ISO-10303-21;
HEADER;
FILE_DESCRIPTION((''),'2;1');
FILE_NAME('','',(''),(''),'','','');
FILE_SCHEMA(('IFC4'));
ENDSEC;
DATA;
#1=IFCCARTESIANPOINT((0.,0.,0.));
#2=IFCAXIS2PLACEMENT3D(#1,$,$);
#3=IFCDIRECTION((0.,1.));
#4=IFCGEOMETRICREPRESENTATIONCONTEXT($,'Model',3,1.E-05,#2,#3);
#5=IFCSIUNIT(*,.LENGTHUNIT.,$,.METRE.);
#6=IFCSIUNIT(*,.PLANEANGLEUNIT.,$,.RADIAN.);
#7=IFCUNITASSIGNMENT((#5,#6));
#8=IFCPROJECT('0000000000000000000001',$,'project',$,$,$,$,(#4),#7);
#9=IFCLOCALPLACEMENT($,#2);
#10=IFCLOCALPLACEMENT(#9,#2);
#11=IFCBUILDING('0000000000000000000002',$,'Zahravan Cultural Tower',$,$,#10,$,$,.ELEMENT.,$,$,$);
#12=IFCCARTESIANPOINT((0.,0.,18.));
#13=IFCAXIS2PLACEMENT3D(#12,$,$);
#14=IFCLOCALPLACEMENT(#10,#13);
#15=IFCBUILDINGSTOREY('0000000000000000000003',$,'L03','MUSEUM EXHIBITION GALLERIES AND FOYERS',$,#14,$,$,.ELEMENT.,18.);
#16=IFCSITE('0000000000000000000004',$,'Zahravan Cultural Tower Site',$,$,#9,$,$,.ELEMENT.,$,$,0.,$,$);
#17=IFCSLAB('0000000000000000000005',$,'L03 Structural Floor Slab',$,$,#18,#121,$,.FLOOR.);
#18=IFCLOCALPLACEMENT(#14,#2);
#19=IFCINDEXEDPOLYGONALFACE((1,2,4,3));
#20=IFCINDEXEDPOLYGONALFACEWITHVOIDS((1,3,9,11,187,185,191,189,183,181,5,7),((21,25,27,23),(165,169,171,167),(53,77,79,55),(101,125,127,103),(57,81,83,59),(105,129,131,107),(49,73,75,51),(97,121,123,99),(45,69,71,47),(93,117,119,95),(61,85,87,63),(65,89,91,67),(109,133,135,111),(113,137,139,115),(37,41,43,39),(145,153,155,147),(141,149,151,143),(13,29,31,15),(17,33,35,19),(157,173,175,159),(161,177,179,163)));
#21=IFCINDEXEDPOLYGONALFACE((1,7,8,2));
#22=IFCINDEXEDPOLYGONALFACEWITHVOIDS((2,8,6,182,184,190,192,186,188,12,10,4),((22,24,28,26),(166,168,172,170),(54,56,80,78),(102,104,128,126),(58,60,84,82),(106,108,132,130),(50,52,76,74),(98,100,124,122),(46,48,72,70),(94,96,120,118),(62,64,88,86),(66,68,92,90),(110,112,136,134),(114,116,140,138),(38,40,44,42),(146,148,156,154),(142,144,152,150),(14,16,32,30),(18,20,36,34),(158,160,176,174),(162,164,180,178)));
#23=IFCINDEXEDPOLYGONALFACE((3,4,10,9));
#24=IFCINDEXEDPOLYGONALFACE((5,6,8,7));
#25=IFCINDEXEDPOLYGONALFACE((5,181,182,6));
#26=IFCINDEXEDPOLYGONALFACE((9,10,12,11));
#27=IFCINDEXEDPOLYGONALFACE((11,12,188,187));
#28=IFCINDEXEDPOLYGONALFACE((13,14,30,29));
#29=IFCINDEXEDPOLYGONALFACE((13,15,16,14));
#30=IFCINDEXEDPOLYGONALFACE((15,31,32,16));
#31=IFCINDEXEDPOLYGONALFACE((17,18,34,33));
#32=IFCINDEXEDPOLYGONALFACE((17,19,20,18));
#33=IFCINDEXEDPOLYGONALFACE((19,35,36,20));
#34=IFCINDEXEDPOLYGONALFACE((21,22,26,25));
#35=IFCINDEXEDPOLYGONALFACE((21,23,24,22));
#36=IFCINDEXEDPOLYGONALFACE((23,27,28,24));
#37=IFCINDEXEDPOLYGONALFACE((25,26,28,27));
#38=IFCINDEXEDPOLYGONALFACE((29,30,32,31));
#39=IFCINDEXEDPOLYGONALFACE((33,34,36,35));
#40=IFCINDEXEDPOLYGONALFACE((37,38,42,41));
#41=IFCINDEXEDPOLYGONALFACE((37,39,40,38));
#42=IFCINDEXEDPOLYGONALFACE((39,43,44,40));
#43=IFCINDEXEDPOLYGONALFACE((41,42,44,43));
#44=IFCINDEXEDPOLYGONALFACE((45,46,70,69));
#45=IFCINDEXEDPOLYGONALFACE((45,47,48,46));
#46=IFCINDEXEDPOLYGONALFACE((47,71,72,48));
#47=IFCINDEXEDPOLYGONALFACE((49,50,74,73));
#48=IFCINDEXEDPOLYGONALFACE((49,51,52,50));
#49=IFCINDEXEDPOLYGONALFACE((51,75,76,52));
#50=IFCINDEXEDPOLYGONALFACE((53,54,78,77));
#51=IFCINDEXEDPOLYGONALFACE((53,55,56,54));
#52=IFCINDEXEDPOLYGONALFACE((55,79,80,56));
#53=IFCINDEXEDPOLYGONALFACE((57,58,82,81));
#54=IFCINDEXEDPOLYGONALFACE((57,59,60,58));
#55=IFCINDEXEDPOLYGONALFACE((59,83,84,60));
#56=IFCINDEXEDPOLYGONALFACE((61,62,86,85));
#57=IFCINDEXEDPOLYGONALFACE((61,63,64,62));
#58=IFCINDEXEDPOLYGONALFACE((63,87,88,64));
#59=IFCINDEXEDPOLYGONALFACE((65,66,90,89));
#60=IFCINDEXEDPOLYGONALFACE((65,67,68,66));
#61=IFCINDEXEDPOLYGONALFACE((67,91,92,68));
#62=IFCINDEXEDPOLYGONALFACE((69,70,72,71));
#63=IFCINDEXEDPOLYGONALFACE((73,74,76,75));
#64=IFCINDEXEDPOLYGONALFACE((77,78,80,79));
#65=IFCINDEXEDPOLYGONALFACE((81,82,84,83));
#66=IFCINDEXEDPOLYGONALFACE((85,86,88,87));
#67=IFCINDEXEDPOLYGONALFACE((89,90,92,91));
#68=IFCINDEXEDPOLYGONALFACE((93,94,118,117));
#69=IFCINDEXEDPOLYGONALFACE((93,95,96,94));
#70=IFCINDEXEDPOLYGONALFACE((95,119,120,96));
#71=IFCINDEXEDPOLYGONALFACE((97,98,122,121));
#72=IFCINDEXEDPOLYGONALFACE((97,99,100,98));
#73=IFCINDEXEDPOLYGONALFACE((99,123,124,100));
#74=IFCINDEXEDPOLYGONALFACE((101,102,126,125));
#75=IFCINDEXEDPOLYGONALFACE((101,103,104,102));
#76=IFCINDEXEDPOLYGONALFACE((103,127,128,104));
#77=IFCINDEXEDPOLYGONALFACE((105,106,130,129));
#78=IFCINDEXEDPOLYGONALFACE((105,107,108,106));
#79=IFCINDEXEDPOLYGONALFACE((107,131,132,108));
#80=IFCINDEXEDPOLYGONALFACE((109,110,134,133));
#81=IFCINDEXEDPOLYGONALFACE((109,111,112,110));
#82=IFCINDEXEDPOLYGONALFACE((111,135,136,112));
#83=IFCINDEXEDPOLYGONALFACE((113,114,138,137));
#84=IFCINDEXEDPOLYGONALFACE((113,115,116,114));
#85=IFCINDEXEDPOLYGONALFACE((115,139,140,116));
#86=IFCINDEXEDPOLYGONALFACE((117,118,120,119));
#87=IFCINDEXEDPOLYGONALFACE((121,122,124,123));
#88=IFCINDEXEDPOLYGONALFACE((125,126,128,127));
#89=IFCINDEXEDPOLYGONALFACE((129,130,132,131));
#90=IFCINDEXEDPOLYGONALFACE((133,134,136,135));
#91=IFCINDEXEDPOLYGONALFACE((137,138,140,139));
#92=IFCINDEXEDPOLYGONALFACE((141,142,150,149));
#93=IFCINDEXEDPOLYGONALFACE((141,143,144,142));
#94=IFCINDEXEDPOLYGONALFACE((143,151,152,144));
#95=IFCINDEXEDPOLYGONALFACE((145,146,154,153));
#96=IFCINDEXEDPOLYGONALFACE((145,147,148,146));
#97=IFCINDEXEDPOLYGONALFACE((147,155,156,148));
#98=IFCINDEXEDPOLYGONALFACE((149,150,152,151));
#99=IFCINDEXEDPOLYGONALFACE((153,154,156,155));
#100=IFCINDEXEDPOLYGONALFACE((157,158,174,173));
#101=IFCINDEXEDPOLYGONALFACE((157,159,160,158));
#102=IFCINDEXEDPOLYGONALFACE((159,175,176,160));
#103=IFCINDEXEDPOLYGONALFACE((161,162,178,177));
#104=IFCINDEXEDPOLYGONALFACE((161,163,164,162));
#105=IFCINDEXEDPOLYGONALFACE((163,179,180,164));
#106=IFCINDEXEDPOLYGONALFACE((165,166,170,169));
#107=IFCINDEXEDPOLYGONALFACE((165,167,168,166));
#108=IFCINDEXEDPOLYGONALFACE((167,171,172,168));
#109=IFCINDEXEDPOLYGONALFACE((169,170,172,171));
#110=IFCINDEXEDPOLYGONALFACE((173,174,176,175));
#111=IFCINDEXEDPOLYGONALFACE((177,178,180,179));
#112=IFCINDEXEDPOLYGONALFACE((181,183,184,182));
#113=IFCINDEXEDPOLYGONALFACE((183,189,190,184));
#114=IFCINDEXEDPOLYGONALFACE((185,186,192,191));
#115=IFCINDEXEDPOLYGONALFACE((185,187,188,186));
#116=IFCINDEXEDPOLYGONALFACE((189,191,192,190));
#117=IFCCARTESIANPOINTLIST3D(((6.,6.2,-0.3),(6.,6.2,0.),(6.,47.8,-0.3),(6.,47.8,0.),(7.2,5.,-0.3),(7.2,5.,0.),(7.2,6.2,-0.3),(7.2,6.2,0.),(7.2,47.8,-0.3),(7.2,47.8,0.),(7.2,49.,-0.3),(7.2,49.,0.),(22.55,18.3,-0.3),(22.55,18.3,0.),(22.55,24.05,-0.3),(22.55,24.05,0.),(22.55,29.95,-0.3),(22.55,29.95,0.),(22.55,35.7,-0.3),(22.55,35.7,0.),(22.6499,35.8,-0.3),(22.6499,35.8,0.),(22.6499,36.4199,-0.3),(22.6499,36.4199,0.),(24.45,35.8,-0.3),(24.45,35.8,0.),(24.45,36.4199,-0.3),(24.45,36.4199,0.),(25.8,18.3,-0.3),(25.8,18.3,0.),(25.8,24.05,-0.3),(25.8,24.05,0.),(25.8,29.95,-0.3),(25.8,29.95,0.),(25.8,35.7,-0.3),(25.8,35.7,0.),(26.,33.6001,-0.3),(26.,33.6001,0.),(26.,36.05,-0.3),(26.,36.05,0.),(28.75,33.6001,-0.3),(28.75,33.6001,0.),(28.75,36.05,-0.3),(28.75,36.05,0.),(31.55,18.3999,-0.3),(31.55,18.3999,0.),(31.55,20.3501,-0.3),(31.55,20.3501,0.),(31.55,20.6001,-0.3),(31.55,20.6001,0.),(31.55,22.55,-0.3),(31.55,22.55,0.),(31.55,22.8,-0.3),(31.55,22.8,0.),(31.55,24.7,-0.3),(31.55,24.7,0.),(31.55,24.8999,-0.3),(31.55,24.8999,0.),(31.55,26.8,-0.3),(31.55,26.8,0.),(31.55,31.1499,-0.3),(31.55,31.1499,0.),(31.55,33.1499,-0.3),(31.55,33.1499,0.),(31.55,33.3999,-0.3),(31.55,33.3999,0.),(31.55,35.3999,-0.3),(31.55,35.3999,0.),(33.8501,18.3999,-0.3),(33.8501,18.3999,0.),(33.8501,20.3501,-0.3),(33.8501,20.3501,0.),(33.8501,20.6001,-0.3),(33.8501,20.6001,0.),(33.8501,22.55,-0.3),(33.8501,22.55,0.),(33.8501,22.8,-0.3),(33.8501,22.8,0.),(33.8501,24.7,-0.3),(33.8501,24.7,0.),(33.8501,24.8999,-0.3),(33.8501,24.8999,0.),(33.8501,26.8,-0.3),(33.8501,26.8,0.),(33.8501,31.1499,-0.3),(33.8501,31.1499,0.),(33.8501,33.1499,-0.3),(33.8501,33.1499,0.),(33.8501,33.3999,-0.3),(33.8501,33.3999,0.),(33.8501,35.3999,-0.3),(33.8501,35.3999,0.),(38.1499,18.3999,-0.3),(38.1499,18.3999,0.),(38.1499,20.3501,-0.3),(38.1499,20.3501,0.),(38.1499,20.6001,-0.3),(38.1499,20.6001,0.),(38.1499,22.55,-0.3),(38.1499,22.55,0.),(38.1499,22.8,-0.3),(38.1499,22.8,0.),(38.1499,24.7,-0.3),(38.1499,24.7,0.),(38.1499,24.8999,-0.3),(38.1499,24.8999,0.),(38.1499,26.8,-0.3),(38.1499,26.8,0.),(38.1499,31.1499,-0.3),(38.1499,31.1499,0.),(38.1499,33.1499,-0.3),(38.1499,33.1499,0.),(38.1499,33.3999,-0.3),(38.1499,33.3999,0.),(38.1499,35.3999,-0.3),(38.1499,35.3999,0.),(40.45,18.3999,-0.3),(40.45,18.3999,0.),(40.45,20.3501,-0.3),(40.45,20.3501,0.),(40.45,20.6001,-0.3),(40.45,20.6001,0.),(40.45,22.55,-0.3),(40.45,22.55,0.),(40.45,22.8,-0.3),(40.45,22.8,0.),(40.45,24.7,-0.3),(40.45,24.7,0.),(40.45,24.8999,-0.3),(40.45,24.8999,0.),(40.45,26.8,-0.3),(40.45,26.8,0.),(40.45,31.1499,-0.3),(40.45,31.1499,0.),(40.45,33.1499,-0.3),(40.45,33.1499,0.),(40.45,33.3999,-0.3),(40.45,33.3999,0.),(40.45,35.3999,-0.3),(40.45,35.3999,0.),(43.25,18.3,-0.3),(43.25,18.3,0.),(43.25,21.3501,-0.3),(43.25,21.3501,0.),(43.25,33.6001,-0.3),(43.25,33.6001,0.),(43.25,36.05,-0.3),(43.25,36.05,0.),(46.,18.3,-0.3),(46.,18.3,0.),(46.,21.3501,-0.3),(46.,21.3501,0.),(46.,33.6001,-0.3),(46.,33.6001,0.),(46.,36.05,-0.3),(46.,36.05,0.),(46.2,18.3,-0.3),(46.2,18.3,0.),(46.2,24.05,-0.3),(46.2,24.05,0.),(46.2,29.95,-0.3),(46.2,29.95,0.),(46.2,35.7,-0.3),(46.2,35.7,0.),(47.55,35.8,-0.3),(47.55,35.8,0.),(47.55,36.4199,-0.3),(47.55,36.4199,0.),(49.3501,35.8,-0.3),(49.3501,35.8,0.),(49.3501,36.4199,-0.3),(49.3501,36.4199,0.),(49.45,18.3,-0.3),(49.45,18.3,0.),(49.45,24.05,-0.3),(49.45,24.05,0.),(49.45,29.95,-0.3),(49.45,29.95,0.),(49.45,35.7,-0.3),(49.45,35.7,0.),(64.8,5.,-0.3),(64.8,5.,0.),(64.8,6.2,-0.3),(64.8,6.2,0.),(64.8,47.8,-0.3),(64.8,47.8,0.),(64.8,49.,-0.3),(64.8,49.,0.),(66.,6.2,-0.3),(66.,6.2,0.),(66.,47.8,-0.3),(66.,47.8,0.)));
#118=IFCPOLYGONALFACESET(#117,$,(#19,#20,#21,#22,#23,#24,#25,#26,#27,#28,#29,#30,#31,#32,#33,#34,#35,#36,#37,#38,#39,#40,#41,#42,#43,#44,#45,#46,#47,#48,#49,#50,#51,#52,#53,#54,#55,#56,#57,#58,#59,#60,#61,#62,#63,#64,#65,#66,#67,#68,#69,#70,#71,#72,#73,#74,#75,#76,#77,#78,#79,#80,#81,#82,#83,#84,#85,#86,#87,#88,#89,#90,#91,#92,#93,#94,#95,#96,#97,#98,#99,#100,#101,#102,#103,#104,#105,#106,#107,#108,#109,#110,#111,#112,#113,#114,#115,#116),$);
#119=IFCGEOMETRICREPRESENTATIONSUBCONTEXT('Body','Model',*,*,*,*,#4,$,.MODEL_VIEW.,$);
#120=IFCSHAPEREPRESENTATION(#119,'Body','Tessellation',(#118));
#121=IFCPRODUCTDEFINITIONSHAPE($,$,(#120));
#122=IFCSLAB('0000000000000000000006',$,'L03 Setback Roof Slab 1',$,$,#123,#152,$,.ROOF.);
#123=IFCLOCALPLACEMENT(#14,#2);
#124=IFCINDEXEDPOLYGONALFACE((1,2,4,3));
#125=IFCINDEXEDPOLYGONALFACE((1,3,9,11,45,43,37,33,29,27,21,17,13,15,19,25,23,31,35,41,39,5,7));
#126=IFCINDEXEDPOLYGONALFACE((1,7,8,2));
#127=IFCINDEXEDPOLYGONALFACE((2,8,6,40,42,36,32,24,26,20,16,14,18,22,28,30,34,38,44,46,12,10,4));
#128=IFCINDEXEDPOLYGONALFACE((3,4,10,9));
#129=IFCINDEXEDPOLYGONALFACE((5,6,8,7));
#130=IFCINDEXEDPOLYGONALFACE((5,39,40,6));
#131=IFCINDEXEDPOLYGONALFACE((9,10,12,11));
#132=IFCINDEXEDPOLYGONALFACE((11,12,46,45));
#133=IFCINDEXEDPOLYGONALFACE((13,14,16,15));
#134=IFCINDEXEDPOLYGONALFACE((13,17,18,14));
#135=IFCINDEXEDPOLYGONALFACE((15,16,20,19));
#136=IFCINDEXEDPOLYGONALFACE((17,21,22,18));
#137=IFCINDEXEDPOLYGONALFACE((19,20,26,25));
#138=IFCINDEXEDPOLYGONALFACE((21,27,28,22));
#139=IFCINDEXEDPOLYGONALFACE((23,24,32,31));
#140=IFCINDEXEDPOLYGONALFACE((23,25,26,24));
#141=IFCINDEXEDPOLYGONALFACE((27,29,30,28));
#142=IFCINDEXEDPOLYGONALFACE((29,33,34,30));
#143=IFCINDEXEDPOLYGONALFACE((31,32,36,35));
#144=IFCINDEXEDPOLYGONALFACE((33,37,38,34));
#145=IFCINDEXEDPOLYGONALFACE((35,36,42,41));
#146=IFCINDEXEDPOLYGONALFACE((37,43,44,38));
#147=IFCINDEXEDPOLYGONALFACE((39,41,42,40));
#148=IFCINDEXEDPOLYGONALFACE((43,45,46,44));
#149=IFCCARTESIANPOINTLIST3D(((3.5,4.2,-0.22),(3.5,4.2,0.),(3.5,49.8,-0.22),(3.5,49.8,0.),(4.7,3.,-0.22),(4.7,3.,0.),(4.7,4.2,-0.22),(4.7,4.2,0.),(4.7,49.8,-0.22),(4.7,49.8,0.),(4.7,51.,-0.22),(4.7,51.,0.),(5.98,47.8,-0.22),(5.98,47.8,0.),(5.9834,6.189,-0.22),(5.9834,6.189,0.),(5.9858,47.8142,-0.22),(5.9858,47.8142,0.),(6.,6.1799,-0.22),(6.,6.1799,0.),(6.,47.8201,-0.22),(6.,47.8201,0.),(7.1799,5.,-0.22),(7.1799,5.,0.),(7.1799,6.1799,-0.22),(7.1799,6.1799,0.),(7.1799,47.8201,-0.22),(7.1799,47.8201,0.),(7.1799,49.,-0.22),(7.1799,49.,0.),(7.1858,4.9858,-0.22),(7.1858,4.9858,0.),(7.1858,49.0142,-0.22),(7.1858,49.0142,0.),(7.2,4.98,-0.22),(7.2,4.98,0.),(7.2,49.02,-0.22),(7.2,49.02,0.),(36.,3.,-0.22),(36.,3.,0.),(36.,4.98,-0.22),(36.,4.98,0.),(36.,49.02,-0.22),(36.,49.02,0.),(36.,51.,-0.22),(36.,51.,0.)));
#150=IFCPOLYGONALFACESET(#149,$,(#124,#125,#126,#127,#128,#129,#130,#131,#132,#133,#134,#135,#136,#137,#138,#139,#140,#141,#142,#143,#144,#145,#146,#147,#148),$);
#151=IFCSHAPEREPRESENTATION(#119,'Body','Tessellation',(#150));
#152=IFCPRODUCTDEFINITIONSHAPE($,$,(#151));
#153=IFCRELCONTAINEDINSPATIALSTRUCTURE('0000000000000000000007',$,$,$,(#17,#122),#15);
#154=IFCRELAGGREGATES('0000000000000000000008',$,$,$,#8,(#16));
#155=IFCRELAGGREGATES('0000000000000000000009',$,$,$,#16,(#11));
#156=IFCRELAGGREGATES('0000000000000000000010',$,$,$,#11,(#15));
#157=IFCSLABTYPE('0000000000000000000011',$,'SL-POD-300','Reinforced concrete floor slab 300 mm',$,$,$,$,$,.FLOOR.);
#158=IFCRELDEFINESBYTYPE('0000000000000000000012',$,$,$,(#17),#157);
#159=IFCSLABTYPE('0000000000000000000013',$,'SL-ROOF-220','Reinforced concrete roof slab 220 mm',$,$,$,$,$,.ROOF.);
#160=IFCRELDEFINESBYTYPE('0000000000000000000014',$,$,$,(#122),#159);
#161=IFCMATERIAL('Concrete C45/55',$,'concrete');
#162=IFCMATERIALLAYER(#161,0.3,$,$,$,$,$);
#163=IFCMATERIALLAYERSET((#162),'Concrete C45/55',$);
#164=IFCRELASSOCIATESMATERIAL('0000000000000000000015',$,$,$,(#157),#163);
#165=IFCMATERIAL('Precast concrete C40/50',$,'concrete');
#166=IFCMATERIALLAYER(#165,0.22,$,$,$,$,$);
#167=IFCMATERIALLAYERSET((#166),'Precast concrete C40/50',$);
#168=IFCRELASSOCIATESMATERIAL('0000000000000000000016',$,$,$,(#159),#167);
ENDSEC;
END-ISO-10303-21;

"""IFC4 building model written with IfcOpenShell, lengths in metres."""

from ifc_helpers import new_model, si_unit, direction, frame, origin, place, context, subcontext, project, spatial, polyline, outline, extrude, material, layer, layer_set, type_object, element, save


model = new_model("IFC4")

# Units and contexts
model_context = context("Model", 3, precision=1e-05, world=origin(), true_north=direction((0.0, 1.0)))
body_context = subcontext(model_context, "Body", "Model", "MODEL_VIEW")
ifc_project = project(units=[si_unit("LENGTHUNIT", "METRE"), si_unit("PLANEANGLEUNIT", "RADIAN")], contexts=[model_context])

# Site, building, storey
site_placement = place(None, origin())
site = spatial("IfcSite", under=ifc_project, at=site_placement, Name="Zahravan Cultural Tower Site", CompositionType="ELEMENT", RefElevation=0.0)
building_placement = place(site_placement, origin())
building = spatial("IfcBuilding", under=site, at=building_placement, Name="Zahravan Cultural Tower", CompositionType="ELEMENT")
storey_placement = place(building_placement, frame((0.0, 0.0, 18.0)))
storey = spatial("IfcBuildingStorey", under=building, at=storey_placement, Name="L03", Description="MUSEUM EXHIBITION GALLERIES AND FOYERS", CompositionType="ELEMENT", Elevation=18.0)

# Slabs
ifc_material_1 = material(Name="Concrete C45/55", Category="concrete")
ifc_layer_1 = layer(ifc_material_1, 0.3)
ifc_layer_set_1 = layer_set([ifc_layer_1], Name="Concrete C45/55")
slab_type_1 = type_object("IfcSlabType", Name="SL-POD-300", Description="Reinforced concrete floor slab 300 mm", PredefinedType="FLOOR", material=ifc_layer_set_1)
slab_1_placement = place(storey_placement, frame((0.0, 0.0, -0.3)))
element("IfcSlab", 1, at=slab_1_placement, inside=storey, type_object=slab_type_1, Name="L03 Structural Floor Slab", PredefinedType="FLOOR", context=body_context, shape_type="SweptSolid", body=[
    extrude(outline(polyline([(66.0, 47.8), (64.8, 47.8), (64.8, 49.0), (7.2, 49.0), (7.2, 47.8), (6.0, 47.8), (6.0, 6.2), (7.2, 6.2), (7.2, 5.0), (64.8, 5.0), (64.8, 6.2), (66.0, 6.2), (66.0, 47.8)]), holes=[polyline([(22.55, 29.95), (22.55, 35.7), (25.8, 35.7), (25.8, 29.95), (22.55, 29.95)]), polyline([(22.55, 18.3), (22.55, 24.05), (25.8, 24.05), (25.8, 18.3), (22.55, 18.3)]), polyline([(46.2, 29.95), (46.2, 35.7), (49.45, 35.7), (49.45, 29.95), (46.2, 29.95)]), polyline([(46.2, 18.3), (46.2, 24.05), (49.45, 24.05), (49.45, 18.3), (46.2, 18.3)]), polyline([(26.0, 33.6001), (26.0, 36.05), (28.75, 36.05), (28.75, 33.6001), (26.0, 33.6001)]), polyline([(43.25, 33.6001), (43.25, 36.05), (46.0, 36.05), (46.0, 33.6001), (43.25, 33.6001)]), polyline([(43.25, 18.3), (43.25, 21.3501), (46.0, 21.3501), (46.0, 18.3), (43.25, 18.3)]), polyline([(31.55, 33.3999), (31.55, 35.3999), (33.8501, 35.3999), (33.8501, 33.3999), (31.55, 33.3999)]), polyline([(31.55, 31.1499), (31.55, 33.1499), (33.8501, 33.1499), (33.8501, 31.1499), (31.55, 31.1499)]), polyline([(38.1499, 33.3999), (38.1499, 35.3999), (40.45, 35.3999), (40.45, 33.3999), (38.1499, 33.3999)]), polyline([(38.1499, 31.1499), (38.1499, 33.1499), (40.45, 33.1499), (40.45, 31.1499), (38.1499, 31.1499)]), polyline([(31.55, 20.6001), (31.55, 22.55), (33.8501, 22.55), (33.8501, 20.6001), (31.55, 20.6001)]), polyline([(31.55, 18.3999), (31.55, 20.3501), (33.8501, 20.3501), (33.8501, 18.3999), (31.55, 18.3999)]), polyline([(38.1499, 20.6001), (38.1499, 22.55), (40.45, 22.55), (40.45, 20.6001), (38.1499, 20.6001)]), polyline([(38.1499, 18.3999), (38.1499, 20.3501), (40.45, 20.3501), (40.45, 18.3999), (38.1499, 18.3999)]), polyline([(31.55, 24.8999), (31.55, 26.8), (33.8501, 26.8), (33.8501, 24.8999), (31.55, 24.8999)]), polyline([(31.55, 22.8), (31.55, 24.7), (33.8501, 24.7), (33.8501, 22.8), (31.55, 22.8)]), polyline([(38.1499, 24.8999), (38.1499, 26.8), (40.45, 26.8), (40.45, 24.8999), (38.1499, 24.8999)]), polyline([(38.1499, 22.8), (38.1499, 24.7), (40.45, 24.7), (40.45, 22.8), (38.1499, 22.8)]), polyline([(22.6499, 35.8), (22.6499, 36.4199), (24.45, 36.4199), (24.45, 35.8), (22.6499, 35.8)]), polyline([(47.55, 35.8), (47.55, 36.4199), (49.3501, 36.4199), (49.3501, 35.8), (47.55, 35.8)])]), origin(), (0.0, 0.0, 1.0), 0.3),
])
ifc_material_2 = material(Name="Precast concrete C40/50", Category="concrete")
ifc_layer_2 = layer(ifc_material_2, 0.22)
ifc_layer_set_2 = layer_set([ifc_layer_2], Name="Precast concrete C40/50")
slab_type_2 = type_object("IfcSlabType", Name="SL-ROOF-220", Description="Reinforced concrete roof slab 220 mm", PredefinedType="ROOF", material=ifc_layer_set_2)
slab_2_placement = place(storey_placement, frame((0.0, 0.0, -0.22)))
element("IfcSlab", 2, at=slab_2_placement, inside=storey, type_object=slab_type_2, Name="L03 Setback Roof Slab 1", PredefinedType="ROOF", context=body_context, shape_type="SweptSolid", body=[
    extrude(outline(polyline([(36.0, 3.0), (36.0, 4.98), (7.2, 4.98), (7.1858, 4.9858), (7.1799, 5.0), (7.1799, 6.1799), (6.0, 6.1799), (5.9834, 6.189), (5.98, 47.8), (5.9858, 47.8142), (6.0, 47.8201), (7.1799, 47.8201), (7.1799, 49.0), (7.1858, 49.0142), (7.2, 49.02), (36.0, 49.02), (36.0, 51.0), (4.7, 51.0), (4.7, 49.8), (3.5, 49.8), (3.5, 4.2), (4.7, 4.2), (4.7, 3.0), (36.0, 3.0)])), origin(), (0.0, 0.0, 1.0), 0.22),
])

save(model, "model.ifc")
